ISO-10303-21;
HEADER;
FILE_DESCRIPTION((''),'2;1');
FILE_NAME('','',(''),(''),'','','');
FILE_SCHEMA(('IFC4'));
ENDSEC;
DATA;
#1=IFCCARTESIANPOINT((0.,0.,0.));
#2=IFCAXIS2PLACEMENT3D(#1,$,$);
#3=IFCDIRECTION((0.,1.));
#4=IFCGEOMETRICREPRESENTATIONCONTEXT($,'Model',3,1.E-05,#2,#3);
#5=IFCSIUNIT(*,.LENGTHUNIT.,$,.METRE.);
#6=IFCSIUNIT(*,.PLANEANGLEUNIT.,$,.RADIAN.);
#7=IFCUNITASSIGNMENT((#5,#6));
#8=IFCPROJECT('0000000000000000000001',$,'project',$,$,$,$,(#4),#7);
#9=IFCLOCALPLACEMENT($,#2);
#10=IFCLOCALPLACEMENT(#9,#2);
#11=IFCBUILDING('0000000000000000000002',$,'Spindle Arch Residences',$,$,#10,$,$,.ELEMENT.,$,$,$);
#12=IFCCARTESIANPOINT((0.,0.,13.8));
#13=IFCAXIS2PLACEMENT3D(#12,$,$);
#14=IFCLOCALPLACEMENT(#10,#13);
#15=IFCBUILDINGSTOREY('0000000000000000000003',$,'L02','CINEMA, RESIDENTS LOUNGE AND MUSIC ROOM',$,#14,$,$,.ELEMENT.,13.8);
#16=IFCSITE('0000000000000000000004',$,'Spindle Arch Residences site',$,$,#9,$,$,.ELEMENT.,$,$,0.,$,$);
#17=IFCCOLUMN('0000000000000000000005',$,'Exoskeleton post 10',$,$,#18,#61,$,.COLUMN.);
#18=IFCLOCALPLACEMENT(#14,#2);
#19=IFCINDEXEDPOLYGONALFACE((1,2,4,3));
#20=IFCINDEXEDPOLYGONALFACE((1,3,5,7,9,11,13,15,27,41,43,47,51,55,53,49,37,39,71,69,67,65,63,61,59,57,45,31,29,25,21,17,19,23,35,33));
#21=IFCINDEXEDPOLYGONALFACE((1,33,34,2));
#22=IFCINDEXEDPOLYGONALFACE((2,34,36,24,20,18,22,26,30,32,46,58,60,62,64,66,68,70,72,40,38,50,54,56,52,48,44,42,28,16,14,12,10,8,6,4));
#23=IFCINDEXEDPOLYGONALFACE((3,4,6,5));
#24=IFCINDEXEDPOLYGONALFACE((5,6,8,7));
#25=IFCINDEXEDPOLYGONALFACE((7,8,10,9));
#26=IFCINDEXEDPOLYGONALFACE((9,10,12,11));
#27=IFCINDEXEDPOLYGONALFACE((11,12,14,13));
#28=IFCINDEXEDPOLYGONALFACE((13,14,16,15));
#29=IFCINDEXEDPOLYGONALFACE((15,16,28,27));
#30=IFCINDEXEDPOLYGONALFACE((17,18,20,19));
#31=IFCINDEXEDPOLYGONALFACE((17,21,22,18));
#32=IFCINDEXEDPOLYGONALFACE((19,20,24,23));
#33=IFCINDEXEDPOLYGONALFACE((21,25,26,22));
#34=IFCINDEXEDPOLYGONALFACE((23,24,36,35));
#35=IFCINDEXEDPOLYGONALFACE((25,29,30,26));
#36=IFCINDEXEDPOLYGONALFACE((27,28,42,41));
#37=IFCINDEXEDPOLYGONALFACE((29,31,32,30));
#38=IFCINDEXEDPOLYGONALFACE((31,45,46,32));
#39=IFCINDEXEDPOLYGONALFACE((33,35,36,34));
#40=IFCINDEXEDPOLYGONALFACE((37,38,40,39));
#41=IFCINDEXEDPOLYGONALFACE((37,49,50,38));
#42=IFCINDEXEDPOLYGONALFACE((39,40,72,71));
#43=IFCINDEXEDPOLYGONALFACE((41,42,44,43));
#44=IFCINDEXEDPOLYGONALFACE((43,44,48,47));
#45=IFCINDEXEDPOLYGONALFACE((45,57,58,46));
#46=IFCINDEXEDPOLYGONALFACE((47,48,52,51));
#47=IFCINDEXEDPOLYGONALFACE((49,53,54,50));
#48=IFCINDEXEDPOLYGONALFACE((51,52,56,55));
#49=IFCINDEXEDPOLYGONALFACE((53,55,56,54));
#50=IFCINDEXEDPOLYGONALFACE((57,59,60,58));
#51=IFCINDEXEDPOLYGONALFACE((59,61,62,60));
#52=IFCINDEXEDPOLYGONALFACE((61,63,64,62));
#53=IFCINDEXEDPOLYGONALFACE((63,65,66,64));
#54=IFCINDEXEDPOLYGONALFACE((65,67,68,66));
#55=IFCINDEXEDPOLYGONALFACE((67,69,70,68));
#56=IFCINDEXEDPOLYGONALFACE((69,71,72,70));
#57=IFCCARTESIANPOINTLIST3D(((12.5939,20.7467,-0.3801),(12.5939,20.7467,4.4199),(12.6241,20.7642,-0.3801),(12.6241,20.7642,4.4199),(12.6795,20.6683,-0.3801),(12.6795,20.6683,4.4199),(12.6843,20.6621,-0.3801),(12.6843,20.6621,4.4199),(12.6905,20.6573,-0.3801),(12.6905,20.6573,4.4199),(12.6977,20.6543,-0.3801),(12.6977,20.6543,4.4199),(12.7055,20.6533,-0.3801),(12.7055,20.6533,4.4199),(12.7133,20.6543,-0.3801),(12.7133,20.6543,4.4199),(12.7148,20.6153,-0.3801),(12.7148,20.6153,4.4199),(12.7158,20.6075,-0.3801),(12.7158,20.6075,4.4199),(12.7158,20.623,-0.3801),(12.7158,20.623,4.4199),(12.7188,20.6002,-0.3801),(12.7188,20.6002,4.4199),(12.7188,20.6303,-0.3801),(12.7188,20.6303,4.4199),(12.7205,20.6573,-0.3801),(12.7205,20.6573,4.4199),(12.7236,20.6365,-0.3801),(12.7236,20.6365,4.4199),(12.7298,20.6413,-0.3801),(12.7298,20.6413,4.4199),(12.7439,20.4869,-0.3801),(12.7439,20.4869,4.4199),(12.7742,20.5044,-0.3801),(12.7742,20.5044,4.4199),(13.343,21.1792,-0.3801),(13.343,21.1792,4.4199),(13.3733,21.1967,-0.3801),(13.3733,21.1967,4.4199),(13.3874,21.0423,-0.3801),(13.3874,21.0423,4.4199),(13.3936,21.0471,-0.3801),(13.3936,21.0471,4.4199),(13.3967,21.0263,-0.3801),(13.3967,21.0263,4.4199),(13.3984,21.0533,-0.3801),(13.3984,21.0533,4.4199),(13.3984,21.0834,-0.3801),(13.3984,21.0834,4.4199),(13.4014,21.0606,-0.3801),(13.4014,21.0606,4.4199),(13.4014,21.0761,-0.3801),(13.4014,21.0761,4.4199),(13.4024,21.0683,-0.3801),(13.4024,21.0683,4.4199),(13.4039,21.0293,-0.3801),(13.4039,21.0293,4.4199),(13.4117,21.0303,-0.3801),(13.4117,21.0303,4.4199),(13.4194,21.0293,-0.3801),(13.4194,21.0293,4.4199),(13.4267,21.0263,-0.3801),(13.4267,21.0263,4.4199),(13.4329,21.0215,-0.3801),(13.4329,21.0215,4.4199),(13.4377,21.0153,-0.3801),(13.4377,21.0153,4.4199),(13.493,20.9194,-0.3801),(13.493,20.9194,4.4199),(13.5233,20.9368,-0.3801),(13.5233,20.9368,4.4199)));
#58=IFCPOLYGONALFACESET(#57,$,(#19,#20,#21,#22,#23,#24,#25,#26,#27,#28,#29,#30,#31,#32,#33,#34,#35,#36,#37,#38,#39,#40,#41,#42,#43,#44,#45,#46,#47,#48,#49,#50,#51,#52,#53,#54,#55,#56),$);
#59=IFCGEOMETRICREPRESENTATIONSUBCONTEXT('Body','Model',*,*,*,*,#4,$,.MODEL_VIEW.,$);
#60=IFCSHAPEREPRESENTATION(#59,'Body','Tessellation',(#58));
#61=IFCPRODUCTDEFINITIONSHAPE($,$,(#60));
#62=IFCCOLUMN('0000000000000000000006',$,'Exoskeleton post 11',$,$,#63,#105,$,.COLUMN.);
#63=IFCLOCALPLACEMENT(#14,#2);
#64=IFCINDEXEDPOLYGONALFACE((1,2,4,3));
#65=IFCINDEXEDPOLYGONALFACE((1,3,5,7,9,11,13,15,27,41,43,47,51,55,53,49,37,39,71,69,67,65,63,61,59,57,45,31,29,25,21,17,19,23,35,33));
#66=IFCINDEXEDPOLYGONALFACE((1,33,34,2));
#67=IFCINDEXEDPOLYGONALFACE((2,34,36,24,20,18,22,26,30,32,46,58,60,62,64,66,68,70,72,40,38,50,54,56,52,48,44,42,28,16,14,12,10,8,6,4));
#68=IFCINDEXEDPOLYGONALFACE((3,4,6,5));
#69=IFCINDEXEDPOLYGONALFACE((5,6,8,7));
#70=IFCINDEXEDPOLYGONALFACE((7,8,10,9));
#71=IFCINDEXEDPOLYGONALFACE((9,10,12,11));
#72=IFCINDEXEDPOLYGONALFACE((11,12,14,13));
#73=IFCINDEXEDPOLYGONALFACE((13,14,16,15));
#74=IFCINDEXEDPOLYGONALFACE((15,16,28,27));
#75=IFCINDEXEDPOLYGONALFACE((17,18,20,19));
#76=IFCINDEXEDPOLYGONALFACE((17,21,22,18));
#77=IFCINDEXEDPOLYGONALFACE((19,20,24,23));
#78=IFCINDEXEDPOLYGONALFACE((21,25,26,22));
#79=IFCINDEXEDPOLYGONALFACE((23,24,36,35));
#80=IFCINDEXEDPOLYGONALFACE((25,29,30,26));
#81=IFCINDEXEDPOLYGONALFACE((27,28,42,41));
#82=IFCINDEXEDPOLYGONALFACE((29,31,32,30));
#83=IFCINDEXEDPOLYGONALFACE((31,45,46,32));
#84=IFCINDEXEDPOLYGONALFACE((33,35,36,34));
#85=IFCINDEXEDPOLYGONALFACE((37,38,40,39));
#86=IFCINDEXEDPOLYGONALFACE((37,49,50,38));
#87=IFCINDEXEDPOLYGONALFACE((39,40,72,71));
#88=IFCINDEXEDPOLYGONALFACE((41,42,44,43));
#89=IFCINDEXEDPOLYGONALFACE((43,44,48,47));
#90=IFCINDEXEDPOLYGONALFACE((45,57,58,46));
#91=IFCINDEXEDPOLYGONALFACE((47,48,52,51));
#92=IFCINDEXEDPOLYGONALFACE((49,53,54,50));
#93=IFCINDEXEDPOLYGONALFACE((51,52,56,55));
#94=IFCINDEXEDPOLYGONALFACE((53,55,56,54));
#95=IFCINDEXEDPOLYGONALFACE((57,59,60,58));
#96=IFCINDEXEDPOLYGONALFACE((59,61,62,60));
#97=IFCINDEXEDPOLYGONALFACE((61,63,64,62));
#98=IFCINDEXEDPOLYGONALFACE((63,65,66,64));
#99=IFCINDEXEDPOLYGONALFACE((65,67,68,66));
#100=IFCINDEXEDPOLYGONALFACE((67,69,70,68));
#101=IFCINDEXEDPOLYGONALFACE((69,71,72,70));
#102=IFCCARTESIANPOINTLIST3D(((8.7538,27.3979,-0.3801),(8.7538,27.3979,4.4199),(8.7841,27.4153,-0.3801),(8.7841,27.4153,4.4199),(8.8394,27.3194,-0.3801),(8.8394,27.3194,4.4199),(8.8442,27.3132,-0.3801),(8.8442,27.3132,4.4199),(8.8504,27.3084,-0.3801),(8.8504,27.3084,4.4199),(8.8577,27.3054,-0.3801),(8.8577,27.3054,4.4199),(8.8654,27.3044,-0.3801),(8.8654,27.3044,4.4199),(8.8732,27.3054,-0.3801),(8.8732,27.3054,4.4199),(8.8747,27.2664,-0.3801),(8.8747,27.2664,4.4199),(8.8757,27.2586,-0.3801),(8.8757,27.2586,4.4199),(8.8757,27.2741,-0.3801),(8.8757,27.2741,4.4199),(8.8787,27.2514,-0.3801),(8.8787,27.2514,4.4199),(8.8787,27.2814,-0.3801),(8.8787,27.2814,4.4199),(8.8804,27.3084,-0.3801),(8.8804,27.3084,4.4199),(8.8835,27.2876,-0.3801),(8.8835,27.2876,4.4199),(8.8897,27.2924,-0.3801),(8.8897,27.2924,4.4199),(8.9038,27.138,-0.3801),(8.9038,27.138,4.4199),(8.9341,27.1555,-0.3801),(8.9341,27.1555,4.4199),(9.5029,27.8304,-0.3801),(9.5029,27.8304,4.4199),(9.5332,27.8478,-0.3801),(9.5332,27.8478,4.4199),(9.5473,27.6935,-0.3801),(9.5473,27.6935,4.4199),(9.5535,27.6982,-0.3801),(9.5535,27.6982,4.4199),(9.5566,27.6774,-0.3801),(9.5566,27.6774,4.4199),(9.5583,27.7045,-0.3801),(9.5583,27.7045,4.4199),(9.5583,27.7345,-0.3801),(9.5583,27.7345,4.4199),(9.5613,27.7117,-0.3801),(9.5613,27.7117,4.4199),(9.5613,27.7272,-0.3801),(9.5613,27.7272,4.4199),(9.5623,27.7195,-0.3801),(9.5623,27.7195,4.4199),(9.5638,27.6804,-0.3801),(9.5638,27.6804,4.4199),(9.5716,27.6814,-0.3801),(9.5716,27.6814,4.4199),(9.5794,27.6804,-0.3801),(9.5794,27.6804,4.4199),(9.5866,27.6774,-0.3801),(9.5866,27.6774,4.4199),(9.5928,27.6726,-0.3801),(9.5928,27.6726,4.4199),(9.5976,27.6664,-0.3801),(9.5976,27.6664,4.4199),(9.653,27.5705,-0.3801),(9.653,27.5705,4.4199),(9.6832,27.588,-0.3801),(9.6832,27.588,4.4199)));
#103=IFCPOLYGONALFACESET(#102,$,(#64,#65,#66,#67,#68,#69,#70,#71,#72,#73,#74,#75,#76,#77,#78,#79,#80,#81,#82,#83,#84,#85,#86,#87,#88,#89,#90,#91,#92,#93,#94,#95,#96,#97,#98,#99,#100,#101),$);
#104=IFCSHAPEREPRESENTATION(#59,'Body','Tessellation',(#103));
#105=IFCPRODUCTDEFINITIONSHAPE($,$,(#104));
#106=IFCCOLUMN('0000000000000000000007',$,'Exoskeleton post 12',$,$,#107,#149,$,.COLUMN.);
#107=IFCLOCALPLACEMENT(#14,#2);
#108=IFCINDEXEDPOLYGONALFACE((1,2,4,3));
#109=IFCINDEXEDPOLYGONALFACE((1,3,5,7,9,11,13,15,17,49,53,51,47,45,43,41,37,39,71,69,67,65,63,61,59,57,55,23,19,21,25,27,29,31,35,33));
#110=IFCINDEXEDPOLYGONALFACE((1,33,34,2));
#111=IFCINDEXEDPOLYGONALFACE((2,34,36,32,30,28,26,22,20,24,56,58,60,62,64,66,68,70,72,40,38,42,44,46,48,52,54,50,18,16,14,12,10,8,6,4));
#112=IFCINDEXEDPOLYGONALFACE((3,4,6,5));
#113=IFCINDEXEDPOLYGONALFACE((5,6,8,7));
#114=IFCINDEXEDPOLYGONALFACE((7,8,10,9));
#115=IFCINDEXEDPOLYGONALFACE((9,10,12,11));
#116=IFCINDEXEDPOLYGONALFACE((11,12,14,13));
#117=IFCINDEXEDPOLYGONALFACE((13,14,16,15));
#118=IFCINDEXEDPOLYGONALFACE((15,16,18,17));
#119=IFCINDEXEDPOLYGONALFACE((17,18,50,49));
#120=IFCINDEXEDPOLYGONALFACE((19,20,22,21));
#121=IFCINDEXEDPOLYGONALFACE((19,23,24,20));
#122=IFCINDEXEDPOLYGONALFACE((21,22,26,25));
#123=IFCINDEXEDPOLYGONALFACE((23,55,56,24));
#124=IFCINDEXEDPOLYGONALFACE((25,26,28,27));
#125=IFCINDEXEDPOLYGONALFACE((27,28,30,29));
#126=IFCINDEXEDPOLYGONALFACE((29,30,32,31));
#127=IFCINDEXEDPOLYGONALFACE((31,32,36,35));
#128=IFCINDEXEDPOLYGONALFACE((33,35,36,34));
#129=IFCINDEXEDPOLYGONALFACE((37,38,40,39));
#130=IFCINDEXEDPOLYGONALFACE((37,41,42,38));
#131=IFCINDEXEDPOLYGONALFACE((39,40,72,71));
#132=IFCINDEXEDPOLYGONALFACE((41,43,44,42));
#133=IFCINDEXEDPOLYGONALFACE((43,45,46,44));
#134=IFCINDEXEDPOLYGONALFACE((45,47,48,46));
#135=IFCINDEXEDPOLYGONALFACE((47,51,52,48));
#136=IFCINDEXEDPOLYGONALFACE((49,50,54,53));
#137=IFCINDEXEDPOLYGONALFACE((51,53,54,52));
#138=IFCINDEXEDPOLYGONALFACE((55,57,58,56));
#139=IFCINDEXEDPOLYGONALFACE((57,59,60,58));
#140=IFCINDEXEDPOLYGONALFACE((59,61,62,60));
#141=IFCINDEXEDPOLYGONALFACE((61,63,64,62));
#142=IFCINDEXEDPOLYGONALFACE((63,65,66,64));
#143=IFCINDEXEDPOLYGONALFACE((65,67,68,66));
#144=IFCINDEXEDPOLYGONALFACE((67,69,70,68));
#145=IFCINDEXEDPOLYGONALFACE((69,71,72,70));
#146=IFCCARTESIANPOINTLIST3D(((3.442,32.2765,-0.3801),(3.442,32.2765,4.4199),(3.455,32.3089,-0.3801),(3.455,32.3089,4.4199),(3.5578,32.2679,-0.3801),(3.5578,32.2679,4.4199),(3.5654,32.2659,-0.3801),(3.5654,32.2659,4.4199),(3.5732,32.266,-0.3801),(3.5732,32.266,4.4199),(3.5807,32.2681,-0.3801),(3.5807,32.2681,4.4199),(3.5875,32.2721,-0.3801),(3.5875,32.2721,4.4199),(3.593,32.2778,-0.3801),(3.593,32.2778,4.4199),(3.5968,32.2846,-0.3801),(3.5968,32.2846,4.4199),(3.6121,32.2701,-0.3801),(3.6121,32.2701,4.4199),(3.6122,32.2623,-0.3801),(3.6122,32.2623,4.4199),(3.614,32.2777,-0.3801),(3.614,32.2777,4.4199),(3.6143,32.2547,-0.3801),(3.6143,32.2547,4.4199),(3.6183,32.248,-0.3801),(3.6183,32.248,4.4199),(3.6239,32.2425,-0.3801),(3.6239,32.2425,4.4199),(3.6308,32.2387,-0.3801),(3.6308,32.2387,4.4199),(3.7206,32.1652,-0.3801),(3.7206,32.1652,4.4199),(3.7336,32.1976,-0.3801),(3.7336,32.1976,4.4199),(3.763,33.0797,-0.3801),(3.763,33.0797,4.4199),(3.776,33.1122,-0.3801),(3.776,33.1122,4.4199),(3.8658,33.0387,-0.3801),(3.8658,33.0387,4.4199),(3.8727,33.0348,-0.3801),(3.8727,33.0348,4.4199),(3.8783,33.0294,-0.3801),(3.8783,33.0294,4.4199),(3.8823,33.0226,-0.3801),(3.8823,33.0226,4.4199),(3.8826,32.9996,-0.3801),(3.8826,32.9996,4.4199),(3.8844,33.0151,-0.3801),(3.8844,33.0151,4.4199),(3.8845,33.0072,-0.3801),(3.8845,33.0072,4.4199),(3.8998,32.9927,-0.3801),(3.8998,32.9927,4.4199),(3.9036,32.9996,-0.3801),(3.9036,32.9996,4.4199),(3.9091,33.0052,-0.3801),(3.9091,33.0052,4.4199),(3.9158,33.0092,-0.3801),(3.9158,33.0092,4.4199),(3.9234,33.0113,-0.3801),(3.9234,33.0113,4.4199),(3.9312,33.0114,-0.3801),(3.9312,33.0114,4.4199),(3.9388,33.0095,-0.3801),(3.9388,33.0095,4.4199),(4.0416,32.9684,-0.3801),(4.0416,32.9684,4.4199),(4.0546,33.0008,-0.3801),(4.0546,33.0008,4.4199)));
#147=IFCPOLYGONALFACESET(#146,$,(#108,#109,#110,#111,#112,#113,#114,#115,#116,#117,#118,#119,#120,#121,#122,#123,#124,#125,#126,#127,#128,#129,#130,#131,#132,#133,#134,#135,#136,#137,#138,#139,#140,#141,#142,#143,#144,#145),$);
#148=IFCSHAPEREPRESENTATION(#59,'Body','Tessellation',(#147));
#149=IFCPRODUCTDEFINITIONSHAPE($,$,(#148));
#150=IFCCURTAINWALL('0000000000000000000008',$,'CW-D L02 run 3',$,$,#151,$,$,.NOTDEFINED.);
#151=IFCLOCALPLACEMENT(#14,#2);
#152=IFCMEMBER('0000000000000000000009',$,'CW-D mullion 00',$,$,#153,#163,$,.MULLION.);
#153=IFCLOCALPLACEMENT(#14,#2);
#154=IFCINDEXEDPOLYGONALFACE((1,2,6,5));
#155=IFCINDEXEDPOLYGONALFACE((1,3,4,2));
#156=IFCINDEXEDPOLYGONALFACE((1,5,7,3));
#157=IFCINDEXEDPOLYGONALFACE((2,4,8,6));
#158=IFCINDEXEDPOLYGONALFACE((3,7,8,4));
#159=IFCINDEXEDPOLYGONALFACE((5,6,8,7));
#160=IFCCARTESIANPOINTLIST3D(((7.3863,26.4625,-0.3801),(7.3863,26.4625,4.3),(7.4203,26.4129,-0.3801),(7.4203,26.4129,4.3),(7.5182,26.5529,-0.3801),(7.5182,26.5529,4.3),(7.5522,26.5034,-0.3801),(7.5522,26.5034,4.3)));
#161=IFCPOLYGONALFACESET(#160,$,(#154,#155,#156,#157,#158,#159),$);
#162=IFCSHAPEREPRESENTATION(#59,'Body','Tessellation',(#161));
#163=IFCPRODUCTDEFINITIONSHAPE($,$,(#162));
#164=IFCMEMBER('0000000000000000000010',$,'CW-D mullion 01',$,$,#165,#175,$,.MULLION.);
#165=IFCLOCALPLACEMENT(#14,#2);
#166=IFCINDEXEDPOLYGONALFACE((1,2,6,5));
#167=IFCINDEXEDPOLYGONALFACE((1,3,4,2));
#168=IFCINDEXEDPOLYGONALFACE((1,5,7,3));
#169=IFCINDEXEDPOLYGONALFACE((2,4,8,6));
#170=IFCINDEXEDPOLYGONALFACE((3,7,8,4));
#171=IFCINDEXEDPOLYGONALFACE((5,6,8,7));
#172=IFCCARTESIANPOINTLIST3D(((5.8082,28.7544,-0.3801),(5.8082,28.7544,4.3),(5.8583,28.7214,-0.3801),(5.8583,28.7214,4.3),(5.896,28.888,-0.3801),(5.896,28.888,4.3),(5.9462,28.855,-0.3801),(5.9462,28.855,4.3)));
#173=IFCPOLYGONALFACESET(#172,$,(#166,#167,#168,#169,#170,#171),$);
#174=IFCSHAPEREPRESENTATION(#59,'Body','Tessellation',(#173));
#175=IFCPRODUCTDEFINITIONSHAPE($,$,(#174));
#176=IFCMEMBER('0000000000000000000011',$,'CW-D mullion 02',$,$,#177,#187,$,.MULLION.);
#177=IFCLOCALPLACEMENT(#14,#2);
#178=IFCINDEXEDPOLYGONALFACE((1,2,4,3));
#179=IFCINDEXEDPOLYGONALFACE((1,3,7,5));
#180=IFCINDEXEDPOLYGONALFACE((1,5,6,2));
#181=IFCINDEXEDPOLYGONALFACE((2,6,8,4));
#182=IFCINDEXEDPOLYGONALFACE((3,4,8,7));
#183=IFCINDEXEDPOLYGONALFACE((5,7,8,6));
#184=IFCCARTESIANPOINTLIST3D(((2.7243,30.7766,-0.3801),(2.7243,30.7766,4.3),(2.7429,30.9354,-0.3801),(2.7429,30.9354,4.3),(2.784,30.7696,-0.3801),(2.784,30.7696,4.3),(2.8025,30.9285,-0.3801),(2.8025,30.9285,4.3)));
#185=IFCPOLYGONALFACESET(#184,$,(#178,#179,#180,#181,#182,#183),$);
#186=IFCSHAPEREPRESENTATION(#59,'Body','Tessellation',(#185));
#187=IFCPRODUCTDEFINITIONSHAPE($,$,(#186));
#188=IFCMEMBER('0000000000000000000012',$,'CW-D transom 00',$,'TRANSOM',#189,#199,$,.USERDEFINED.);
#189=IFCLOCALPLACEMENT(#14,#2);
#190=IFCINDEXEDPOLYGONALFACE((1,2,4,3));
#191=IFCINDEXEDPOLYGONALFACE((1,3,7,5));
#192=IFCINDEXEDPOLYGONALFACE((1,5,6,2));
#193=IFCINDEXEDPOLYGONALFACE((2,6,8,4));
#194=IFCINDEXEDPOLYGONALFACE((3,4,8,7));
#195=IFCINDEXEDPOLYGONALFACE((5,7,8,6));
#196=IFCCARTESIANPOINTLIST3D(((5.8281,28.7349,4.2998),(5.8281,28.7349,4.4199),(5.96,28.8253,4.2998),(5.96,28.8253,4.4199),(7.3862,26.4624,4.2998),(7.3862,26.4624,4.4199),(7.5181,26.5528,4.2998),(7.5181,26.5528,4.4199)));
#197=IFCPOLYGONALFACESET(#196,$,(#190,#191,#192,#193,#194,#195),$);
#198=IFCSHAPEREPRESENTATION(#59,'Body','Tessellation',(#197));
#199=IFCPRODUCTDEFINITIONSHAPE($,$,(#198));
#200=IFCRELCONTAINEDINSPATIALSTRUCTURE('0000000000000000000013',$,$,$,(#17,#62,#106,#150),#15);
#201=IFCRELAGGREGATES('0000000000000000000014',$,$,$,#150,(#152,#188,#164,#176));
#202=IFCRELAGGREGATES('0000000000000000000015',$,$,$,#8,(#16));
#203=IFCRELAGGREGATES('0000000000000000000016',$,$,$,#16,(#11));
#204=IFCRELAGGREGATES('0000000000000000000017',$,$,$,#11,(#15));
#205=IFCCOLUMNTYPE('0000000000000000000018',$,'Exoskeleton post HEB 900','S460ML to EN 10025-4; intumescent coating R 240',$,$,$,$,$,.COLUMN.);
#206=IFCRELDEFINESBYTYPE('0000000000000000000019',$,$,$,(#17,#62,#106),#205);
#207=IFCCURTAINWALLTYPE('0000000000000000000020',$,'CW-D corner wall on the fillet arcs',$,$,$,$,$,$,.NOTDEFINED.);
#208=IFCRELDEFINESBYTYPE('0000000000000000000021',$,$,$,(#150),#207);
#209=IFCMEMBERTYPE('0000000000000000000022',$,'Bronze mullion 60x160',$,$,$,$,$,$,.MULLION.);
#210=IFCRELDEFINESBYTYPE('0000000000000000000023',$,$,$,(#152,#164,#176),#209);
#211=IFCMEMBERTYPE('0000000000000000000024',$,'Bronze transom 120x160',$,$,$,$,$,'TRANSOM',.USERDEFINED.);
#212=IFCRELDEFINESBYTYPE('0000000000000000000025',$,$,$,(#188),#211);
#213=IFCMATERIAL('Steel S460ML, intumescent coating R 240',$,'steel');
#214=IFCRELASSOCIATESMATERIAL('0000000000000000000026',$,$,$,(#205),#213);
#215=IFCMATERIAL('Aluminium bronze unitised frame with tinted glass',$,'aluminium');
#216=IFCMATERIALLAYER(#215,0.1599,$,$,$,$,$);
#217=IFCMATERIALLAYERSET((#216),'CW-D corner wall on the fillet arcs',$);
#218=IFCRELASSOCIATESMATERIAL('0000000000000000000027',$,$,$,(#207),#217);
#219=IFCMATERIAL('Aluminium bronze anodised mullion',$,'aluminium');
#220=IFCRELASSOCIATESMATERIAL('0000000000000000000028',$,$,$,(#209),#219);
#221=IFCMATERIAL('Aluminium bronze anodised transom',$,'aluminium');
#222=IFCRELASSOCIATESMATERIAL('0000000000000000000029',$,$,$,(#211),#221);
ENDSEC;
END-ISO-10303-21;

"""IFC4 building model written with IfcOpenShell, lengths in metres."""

from ifc_helpers import new_model, si_unit, direction, frame, origin, origin_2d, place, context, subcontext, project, spatial, rectangle, i_section, extrude, material, layer, layer_set, material_profile, profile_set, type_object, element, aggregate, save


model = new_model("IFC4")

# Units and contexts
model_context = context("Model", 3, precision=1e-05, world=origin(), true_north=direction((0.0, 1.0)))
body_context = subcontext(model_context, "Body", "Model", "MODEL_VIEW")
ifc_project = project(units=[si_unit("LENGTHUNIT", "METRE"), si_unit("PLANEANGLEUNIT", "RADIAN")], contexts=[model_context])

# Site, building, storey
site_placement = place(None, origin())
site = spatial("IfcSite", under=ifc_project, at=site_placement, Name="Spindle Arch Residences site", CompositionType="ELEMENT", RefElevation=0.0)
building_placement = place(site_placement, origin())
building = spatial("IfcBuilding", under=site, at=building_placement, Name="Spindle Arch Residences", CompositionType="ELEMENT")
storey_placement = place(building_placement, frame((0.0, 0.0, 13.8)))
storey = spatial("IfcBuildingStorey", under=building, at=storey_placement, Name="L02", Description="CINEMA, RESIDENTS LOUNGE AND MUSIC ROOM", CompositionType="ELEMENT", Elevation=13.8)

# Columns
ifc_material_1 = material(Name="Steel S460ML, intumescent coating R 240", Category="steel")
ifc_material_profile_1 = material_profile(ifc_material_1, i_section(OverallWidth=0.3, OverallDepth=0.8999, WebThickness=0.0186, FlangeThickness=0.0349, FilletRadius=0.03, at=origin_2d()), Name="HEB 900")
ifc_profile_set_1 = profile_set([ifc_material_profile_1], Name="Steel S460ML, intumescent coating R 240")
column_type = type_object("IfcColumnType", Name="Exoskeleton post HEB 900", Description="S460ML to EN 10025-4; intumescent coating R 240", PredefinedType="COLUMN", material=ifc_profile_set_1)
for number, where, z_axis, x_axis, name in (
    (1, (13.0586, 20.8418, -0.3801), (0.0, 0.0, 1.0), (0.5, -0.866025, 0.0), "Exoskeleton post 10"),
    (2, (9.2185, 27.4929, -0.3801), (0.0, 0.0, 1.0), (0.5, -0.866025, 0.0), "Exoskeleton post 11"),
    (3, (3.7483, 32.6387, -0.3801), (0.0, 0.0, 1.0), (0.92859, -0.371108, 0.0), "Exoskeleton post 12"),
):
    element("IfcColumn", number, at=place(storey_placement, frame(where, z_axis=z_axis, x_axis=x_axis)), inside=storey, type_object=column_type, Name=name, PredefinedType="COLUMN", context=body_context, shape_type="SweptSolid", body=[
        extrude(i_section(OverallWidth=0.3, OverallDepth=0.8999, WebThickness=0.0186, FlangeThickness=0.0349, FilletRadius=0.03, at=origin_2d()), origin(), (0.0, 0.0, 1.0), 4.8),
    ])

# Curtain wall, members
ifc_material_2 = material(Name="Aluminium bronze unitised frame with tinted glass", Category="aluminium")
ifc_layer_1 = layer(ifc_material_2, 0.1599)
ifc_layer_set_1 = layer_set([ifc_layer_1], Name="CW-D corner wall on the fillet arcs")
curtain_wall_type_1 = type_object("IfcCurtainWallType", Name="CW-D corner wall on the fillet arcs", PredefinedType="NOTDEFINED", material=ifc_layer_set_1)
curtain_wall_1_placement = place(storey_placement, origin())
curtain_wall_1 = element("IfcCurtainWall", 4, at=curtain_wall_1_placement, inside=storey, type_object=curtain_wall_type_1, Name="CW-D L02 run 3", PredefinedType="NOTDEFINED")
ifc_material_3 = material(Name="Aluminium bronze anodised mullion", Category="aluminium")
ifc_material_profile_2 = material_profile(ifc_material_3, rectangle(XDim=0.1599, YDim=0.0601, at=origin_2d()), Name="MU 60x160")
ifc_profile_set_2 = profile_set([ifc_material_profile_2], Name="Aluminium bronze anodised mullion")
member_type_1 = type_object("IfcMemberType", Name="Bronze mullion 60x160", PredefinedType="MULLION", material=ifc_profile_set_2)
member_1_placement = place(storey_placement, frame((7.4692, 26.4829, -0.3801), z_axis=(0.0, 0.0, 1.0), x_axis=(-0.824748, -0.565501, 0.0)))
member_1 = element("IfcMember", 5, at=member_1_placement, type_object=member_type_1, Name="CW-D mullion 00", PredefinedType="MULLION", context=body_context, shape_type="SweptSolid", body=[
    extrude(rectangle(XDim=0.1599, YDim=0.0601, at=origin_2d()), origin(), (0.0, 0.0, 1.0), 4.6802),
])
member_2_placement = place(storey_placement, frame((5.8772, 28.8047, -0.3801), z_axis=(0.0, 0.0, 1.0), x_axis=(-0.549509, -0.835488, 0.0)))
member_2 = element("IfcMember", 6, at=member_2_placement, type_object=member_type_1, Name="CW-D mullion 01", PredefinedType="MULLION", context=body_context, shape_type="SweptSolid", body=[
    extrude(rectangle(XDim=0.1599, YDim=0.0601, at=origin_2d()), origin(), (0.0, 0.0, 1.0), 4.6802),
])
member_3_placement = place(storey_placement, frame((2.7634, 30.8525, -0.3801), z_axis=(0.0, 0.0, 1.0), x_axis=(-0.116093, -0.993238, 0.0)))
member_3 = element("IfcMember", 7, at=member_3_placement, type_object=member_type_1, Name="CW-D mullion 02", PredefinedType="MULLION", context=body_context, shape_type="SweptSolid", body=[
    extrude(rectangle(XDim=0.1599, YDim=0.0601, at=origin_2d()), origin(), (0.0, 0.0, 1.0), 4.6802),
])
ifc_material_4 = material(Name="Aluminium bronze anodised transom", Category="aluminium")
ifc_material_profile_3 = material_profile(ifc_material_4, rectangle(XDim=0.1599, YDim=0.1201, at=origin_2d()), Name="TR 120x160")
ifc_profile_set_3 = profile_set([ifc_material_profile_3], Name="Aluminium bronze anodised transom")
member_type_2 = type_object("IfcMemberType", Name="Bronze transom 120x160", ElementType="TRANSOM", PredefinedType="USERDEFINED", material=ifc_profile_set_3)
member_4_placement = place(storey_placement, frame((7.4521, 26.5076, 4.3599), z_axis=(-0.56549, 0.824755, 0.0), x_axis=(-0.824755, -0.56549, 0.0)))
member_4 = element("IfcMember", 8, at=member_4_placement, type_object=member_type_2, Name="CW-D transom 00", ObjectType="TRANSOM", PredefinedType="USERDEFINED", context=body_context, shape_type="SweptSolid", body=[
    extrude(rectangle(XDim=0.1599, YDim=0.1201, at=origin_2d()), origin(), (0.0, 0.0, 1.0), 2.7554),
])

aggregate(curtain_wall_1, [member_1, member_4, member_2, member_3])

save(model, "model.ifc")
